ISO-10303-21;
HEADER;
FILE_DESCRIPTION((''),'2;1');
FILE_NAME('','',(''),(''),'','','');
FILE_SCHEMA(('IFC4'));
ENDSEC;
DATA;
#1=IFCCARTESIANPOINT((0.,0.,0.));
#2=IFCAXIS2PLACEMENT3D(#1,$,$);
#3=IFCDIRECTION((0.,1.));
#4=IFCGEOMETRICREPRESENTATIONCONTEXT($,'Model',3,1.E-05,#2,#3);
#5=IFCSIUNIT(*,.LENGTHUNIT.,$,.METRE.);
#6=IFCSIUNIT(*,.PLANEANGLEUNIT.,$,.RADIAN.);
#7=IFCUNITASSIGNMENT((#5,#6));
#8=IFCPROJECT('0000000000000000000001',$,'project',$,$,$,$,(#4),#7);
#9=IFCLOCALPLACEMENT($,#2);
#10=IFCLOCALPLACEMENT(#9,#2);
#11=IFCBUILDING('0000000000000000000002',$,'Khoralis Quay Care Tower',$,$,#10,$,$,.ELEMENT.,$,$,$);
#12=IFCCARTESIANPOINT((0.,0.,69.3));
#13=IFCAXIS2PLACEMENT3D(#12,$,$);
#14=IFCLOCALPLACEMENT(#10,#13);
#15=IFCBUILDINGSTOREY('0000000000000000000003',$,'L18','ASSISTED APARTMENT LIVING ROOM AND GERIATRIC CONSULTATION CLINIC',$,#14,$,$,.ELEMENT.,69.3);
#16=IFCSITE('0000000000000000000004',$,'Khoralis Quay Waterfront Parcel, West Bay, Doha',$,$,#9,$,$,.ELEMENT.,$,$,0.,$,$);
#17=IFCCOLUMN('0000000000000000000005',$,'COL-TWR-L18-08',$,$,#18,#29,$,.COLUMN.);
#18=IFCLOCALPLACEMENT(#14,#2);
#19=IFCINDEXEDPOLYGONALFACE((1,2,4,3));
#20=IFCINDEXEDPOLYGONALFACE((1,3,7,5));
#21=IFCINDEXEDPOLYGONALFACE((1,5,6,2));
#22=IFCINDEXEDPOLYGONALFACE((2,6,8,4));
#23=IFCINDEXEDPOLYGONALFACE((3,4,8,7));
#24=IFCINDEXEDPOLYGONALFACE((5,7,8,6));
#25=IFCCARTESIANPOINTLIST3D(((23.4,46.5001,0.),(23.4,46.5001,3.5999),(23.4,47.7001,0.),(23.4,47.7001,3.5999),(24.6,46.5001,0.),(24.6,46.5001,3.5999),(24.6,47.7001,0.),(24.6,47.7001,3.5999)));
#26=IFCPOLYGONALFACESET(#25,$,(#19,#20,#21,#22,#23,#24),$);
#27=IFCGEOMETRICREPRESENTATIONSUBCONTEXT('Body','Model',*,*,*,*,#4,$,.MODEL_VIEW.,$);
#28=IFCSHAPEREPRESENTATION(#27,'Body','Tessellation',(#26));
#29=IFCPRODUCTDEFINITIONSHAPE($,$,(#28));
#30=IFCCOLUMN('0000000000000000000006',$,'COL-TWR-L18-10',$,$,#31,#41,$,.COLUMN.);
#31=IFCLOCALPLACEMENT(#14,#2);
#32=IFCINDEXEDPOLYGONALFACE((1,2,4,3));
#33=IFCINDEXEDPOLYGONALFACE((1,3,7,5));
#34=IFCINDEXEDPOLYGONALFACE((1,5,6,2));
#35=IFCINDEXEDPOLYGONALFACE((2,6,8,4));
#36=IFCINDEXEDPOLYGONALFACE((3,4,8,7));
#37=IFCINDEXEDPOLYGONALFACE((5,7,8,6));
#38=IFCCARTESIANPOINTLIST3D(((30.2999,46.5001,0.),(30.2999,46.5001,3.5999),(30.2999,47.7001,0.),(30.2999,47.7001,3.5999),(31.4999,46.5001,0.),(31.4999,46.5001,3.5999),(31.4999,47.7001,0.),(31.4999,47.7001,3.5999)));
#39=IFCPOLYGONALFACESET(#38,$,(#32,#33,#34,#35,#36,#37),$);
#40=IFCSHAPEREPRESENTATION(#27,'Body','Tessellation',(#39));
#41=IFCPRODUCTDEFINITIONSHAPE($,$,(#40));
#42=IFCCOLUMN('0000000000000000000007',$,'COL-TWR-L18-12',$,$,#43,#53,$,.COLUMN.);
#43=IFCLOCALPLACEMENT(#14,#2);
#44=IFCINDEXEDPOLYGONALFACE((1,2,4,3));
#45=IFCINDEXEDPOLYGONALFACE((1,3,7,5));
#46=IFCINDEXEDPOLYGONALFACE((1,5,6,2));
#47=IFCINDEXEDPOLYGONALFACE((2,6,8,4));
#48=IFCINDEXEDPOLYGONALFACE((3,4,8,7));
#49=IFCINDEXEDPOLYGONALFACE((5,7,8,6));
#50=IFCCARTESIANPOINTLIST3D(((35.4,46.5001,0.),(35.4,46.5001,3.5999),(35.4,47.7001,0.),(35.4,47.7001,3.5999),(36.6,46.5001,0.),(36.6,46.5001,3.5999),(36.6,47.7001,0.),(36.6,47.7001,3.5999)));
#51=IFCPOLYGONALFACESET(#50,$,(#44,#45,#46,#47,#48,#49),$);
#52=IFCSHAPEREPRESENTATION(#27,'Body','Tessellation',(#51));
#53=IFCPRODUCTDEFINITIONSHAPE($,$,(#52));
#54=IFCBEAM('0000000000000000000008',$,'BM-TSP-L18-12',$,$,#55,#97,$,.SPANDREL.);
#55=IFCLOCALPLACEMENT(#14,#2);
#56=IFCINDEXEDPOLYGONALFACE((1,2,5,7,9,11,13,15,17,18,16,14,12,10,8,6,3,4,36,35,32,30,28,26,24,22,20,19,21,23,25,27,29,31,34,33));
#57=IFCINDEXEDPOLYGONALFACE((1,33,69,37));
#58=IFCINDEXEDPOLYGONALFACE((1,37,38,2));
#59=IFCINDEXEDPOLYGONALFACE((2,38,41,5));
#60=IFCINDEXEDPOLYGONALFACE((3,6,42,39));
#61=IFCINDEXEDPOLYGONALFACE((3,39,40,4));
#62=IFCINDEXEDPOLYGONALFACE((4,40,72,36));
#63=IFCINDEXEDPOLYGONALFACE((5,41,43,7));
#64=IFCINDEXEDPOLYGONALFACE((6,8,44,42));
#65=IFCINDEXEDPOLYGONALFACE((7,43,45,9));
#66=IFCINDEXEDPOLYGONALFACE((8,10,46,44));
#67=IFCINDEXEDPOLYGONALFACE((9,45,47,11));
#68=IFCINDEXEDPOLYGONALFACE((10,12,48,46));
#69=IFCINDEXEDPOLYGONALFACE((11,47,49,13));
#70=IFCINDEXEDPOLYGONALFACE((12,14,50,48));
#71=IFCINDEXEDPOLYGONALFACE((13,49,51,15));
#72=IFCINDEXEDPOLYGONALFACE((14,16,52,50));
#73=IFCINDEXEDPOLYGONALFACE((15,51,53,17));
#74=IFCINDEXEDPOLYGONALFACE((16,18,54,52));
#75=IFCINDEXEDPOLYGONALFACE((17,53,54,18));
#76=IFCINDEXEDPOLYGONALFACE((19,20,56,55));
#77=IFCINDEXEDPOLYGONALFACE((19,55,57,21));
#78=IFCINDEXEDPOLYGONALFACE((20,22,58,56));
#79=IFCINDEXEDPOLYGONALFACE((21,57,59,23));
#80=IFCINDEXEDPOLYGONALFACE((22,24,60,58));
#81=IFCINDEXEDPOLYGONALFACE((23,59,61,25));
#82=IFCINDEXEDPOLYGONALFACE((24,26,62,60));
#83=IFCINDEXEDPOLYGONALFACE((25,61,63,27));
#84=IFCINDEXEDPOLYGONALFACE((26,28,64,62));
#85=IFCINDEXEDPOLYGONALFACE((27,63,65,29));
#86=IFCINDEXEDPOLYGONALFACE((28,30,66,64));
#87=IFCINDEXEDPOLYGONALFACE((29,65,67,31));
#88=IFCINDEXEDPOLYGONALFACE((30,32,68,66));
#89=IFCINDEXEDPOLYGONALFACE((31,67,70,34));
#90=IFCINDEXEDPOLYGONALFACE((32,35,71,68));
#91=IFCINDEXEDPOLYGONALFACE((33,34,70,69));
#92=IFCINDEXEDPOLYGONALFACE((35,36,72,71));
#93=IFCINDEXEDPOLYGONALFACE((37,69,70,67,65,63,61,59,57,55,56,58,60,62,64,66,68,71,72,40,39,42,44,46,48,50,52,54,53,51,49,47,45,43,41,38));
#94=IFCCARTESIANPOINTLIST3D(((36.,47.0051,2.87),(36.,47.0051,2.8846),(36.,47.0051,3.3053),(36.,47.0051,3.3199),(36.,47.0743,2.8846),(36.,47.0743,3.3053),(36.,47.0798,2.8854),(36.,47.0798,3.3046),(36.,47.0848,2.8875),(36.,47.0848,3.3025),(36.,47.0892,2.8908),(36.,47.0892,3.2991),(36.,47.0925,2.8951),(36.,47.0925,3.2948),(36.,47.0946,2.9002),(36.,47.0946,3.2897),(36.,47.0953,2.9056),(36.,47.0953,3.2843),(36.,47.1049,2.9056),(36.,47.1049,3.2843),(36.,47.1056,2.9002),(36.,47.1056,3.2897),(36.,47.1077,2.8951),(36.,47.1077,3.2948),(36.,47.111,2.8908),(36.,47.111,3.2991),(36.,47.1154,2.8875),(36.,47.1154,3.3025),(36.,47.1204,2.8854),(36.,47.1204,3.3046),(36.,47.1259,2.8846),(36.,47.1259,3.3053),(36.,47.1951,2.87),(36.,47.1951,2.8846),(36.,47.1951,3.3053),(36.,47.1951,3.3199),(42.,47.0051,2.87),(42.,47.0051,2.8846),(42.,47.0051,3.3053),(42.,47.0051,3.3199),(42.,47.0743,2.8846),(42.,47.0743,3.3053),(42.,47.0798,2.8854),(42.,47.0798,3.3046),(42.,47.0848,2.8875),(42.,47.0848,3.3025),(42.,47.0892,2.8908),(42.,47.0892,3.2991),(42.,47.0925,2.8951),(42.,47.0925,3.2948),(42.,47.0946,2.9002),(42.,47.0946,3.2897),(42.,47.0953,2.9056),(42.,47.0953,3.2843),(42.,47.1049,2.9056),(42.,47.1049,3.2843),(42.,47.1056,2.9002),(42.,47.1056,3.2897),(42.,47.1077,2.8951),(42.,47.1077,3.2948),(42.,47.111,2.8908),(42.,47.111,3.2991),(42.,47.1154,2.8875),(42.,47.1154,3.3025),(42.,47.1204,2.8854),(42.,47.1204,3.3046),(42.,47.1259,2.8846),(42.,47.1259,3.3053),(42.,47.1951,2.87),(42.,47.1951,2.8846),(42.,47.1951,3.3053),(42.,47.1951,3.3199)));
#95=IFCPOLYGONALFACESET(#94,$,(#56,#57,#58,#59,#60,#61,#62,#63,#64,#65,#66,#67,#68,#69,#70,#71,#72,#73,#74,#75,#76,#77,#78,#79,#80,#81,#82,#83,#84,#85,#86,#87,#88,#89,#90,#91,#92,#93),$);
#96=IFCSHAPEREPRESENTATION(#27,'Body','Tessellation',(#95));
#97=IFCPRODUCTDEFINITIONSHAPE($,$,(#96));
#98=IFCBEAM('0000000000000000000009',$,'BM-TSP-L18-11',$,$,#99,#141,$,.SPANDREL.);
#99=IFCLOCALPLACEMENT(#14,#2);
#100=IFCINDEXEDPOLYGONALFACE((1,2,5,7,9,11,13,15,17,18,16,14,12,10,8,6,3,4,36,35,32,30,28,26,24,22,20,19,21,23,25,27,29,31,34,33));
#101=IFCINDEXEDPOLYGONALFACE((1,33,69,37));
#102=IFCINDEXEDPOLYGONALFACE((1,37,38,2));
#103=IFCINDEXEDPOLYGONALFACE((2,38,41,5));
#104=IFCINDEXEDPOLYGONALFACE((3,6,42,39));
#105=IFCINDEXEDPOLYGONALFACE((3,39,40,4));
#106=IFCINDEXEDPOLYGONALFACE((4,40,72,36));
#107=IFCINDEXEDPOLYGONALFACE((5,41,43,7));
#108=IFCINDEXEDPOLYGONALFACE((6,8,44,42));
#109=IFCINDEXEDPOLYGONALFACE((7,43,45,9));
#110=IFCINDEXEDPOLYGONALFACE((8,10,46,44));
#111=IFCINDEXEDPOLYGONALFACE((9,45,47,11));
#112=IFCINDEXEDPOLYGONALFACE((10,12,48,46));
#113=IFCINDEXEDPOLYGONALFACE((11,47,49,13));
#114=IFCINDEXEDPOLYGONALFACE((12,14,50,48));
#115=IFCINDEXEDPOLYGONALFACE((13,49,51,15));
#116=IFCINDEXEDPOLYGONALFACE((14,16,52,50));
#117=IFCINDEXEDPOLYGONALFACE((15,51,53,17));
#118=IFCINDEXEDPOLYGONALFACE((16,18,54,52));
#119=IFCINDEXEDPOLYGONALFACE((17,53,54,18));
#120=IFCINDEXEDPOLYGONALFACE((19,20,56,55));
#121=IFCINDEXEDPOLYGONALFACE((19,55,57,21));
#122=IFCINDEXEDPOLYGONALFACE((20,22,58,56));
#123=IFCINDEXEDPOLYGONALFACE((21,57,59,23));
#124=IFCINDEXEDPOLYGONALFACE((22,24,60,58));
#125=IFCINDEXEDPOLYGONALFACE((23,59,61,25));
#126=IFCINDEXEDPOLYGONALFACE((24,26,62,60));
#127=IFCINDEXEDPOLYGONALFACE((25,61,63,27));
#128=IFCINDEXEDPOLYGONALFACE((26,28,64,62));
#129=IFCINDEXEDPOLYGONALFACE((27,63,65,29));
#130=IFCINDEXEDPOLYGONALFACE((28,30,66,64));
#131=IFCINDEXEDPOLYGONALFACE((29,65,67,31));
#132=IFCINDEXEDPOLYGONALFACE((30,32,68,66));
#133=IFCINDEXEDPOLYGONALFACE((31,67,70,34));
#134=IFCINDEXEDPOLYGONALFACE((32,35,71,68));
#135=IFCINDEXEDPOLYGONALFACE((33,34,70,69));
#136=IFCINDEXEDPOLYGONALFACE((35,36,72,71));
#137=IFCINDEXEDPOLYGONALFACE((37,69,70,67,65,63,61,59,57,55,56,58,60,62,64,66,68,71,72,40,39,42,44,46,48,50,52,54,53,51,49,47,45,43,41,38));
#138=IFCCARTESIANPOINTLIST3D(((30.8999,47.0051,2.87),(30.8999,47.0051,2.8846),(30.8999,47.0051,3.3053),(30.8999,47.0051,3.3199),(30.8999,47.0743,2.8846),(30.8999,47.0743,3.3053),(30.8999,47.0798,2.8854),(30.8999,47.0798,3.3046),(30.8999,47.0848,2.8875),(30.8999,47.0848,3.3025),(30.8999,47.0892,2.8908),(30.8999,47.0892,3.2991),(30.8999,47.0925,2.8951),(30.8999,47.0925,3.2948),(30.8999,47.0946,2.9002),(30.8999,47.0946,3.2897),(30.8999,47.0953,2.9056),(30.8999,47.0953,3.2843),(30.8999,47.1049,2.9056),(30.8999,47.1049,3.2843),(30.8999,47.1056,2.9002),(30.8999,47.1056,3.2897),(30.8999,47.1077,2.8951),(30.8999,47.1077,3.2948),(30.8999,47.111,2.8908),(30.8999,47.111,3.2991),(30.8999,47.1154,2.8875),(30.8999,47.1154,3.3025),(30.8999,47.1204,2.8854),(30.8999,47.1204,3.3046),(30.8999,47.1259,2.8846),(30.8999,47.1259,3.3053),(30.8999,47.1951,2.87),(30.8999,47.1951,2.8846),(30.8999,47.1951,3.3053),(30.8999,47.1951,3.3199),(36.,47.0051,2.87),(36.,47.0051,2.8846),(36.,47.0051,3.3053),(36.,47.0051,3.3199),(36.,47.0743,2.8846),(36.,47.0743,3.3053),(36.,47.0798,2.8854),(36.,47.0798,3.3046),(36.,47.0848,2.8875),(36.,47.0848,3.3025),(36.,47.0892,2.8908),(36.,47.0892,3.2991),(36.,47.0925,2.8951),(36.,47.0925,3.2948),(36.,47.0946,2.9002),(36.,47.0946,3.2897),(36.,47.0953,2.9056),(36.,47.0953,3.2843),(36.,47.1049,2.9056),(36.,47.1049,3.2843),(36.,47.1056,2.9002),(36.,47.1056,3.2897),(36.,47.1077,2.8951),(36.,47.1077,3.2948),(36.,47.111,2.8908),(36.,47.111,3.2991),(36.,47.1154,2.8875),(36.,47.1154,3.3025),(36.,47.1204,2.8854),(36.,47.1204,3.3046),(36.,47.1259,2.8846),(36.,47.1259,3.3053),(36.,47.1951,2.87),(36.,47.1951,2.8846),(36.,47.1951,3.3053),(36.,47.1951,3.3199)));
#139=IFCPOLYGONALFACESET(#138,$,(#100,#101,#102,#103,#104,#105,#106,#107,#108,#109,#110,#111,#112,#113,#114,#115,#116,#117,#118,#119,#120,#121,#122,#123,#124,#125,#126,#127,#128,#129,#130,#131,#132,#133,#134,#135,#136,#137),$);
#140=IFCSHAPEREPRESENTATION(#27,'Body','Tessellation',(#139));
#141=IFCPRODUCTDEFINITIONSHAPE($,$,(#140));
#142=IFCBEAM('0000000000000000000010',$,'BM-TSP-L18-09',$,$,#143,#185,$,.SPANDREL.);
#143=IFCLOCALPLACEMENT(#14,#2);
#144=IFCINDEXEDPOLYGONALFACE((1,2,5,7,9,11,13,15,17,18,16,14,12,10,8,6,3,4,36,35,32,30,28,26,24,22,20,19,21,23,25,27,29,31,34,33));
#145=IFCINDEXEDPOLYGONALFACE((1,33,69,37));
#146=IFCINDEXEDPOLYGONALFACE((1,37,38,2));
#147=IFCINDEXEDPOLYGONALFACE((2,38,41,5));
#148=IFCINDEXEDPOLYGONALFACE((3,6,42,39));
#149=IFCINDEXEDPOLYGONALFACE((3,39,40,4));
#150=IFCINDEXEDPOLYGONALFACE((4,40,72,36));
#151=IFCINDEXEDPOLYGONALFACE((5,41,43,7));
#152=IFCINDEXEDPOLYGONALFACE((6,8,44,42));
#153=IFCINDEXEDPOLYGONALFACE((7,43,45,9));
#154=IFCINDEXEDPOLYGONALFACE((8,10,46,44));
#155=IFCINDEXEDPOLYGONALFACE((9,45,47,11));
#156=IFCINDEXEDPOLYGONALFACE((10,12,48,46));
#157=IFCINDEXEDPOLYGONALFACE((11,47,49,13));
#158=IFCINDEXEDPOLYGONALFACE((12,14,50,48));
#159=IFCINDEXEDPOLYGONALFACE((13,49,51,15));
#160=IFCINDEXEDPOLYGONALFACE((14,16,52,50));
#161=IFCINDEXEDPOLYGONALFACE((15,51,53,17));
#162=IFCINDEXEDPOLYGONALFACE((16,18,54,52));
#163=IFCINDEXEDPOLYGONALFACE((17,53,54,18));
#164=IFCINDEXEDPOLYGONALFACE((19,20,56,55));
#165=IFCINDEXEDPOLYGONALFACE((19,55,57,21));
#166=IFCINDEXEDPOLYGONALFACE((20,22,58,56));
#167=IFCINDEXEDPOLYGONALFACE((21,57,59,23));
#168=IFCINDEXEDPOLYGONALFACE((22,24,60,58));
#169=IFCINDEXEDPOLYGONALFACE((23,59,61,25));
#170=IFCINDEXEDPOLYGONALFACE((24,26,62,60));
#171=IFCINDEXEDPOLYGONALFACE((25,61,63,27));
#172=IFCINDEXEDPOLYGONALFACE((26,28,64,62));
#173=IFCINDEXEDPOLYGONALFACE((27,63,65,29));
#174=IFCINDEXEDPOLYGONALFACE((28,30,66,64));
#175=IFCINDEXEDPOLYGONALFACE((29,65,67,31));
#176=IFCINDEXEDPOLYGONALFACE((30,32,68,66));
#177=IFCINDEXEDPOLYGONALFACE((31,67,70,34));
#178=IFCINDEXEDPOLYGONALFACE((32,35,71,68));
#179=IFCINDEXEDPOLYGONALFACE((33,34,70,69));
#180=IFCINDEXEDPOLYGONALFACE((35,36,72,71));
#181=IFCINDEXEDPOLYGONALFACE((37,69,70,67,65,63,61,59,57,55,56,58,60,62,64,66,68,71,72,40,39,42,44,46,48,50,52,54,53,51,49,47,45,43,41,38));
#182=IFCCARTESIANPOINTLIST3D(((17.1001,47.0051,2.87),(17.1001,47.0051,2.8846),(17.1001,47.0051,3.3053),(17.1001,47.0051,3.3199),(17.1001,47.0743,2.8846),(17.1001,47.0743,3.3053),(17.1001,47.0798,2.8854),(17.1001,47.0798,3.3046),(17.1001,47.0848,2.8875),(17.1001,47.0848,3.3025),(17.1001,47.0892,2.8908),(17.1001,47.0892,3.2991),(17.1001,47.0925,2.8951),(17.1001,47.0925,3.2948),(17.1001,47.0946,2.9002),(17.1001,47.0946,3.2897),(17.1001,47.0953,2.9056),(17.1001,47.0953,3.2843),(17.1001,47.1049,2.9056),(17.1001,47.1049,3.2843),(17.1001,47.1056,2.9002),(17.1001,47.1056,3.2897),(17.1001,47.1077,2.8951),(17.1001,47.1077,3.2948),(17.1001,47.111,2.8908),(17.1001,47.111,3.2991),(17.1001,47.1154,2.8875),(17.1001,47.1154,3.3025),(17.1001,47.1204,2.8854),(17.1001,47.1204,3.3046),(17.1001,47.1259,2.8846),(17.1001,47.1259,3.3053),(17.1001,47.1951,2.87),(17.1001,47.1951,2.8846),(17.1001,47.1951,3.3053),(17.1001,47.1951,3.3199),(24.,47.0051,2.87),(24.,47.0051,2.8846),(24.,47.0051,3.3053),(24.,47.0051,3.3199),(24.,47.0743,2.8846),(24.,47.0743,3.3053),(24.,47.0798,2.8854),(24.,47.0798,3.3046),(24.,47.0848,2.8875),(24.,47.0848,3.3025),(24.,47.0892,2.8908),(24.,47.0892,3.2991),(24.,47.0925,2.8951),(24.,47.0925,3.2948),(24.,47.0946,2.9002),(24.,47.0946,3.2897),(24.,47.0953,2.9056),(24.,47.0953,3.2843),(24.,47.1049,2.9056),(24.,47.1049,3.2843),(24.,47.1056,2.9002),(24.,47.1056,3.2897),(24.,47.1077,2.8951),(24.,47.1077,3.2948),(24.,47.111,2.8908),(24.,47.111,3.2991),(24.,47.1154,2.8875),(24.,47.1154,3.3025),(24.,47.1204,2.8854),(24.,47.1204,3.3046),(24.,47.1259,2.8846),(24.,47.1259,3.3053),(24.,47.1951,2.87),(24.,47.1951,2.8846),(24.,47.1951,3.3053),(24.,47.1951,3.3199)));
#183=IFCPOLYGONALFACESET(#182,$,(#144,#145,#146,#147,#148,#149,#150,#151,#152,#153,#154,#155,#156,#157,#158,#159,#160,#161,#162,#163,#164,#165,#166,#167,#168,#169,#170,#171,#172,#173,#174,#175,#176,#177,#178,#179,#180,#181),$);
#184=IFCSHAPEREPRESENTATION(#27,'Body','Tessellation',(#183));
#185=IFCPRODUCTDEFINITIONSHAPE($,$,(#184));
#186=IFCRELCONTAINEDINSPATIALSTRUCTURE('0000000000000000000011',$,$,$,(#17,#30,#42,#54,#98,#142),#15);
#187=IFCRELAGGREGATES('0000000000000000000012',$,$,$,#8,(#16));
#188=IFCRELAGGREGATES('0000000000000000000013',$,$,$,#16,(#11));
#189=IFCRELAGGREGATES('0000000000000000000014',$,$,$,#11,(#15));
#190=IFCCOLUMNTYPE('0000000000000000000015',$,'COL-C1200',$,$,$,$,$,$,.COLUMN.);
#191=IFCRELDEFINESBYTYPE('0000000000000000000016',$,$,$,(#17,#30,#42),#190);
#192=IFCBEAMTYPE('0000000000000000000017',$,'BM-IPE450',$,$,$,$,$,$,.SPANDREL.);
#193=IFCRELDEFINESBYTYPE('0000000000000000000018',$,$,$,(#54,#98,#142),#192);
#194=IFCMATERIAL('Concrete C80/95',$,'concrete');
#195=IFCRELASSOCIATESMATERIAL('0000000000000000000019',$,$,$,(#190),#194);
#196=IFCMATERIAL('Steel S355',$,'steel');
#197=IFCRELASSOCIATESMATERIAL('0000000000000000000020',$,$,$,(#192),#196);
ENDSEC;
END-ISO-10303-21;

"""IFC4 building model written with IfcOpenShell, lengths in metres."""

from ifc_helpers import new_model, si_unit, direction, frame, origin, origin_2d, place, context, subcontext, project, spatial, rectangle, i_section, extrude, source, transform, mapped, material, material_profile, profile_set, type_object, element, save


model = new_model("IFC4")

# Units and contexts
model_context = context("Model", 3, precision=1e-05, world=origin(), true_north=direction((0.0, 1.0)))
body_context = subcontext(model_context, "Body", "Model", "MODEL_VIEW")
ifc_project = project(units=[si_unit("LENGTHUNIT", "METRE"), si_unit("PLANEANGLEUNIT", "RADIAN")], contexts=[model_context])

# Site, building, storey
site_placement = place(None, origin())
site = spatial("IfcSite", under=ifc_project, at=site_placement, Name="Khoralis Quay Waterfront Parcel, West Bay, Doha", CompositionType="ELEMENT", RefElevation=0.0)
building_placement = place(site_placement, origin())
building = spatial("IfcBuilding", under=site, at=building_placement, Name="Khoralis Quay Care Tower", CompositionType="ELEMENT")
storey_placement = place(building_placement, frame((0.0, 0.0, 69.3)))
storey = spatial("IfcBuildingStorey", under=building, at=storey_placement, Name="L18", Description="ASSISTED APARTMENT LIVING ROOM AND GERIATRIC CONSULTATION CLINIC", CompositionType="ELEMENT", Elevation=69.3)

# Columns
ifc_material_1 = material(Name="Concrete C80/95", Category="concrete")
ifc_material_profile_1 = material_profile(ifc_material_1, rectangle(XDim=1.2, YDim=1.2, at=origin_2d()), Name="Concrete C80/95")
ifc_profile_set_1 = profile_set([ifc_material_profile_1], Name="Concrete C80/95")
column_type = type_object("IfcColumnType", Name="COL-C1200", PredefinedType="COLUMN", material=ifc_profile_set_1)
shared_shape_1 = source(origin(), body_context, "Body", "SweptSolid", [
    extrude(rectangle(XDim=1.2, YDim=1.2, at=origin_2d()), origin(), (0.0, 0.0, 1.0), 3.5999),
])
for number, where, z_axis, x_axis, name in (
    (1, (24.0, 47.1001, 0.0), (0.0, 0.0, 1.0), (1.0, 0.0, 0.0), "COL-TWR-L18-08"),
    (2, (30.8999, 47.1001, 0.0), (0.0, 0.0, 1.0), (1.0, 0.0, 0.0), "COL-TWR-L18-10"),
    (3, (36.0, 47.1001, 0.0), (0.0, 0.0, 1.0), (1.0, 0.0, 0.0), "COL-TWR-L18-12"),
):
    element("IfcColumn", number, at=place(storey_placement, frame(where, z_axis=z_axis, x_axis=x_axis)), inside=storey, type_object=column_type, Name=name, PredefinedType="COLUMN", context=body_context, shape_type="MappedRepresentation", body=[
        mapped(shared_shape_1, transform((0.0, 0.0, 0.0), scale=1.0)),
    ])

# Beams
ifc_material_2 = material(Name="Steel S355", Category="steel")
ifc_material_profile_2 = material_profile(ifc_material_2, i_section(OverallWidth=0.1899, OverallDepth=0.45, WebThickness=0.0095, FlangeThickness=0.0146, FilletRadius=0.021, at=origin_2d()), Name="Steel S355")
ifc_profile_set_2 = profile_set([ifc_material_profile_2], Name="Steel S355")
beam_type_1 = type_object("IfcBeamType", Name="BM-IPE450", PredefinedType="SPANDREL", material=ifc_profile_set_2)
shared_shape_2 = source(origin(), body_context, "Body", "SweptSolid", [
    extrude(i_section(OverallWidth=0.1899, OverallDepth=0.45, WebThickness=0.0095, FlangeThickness=0.0146, FilletRadius=0.021, at=origin_2d()), origin(), (0.0, 0.0, 1.0), 6.0),
])
beam_1_placement = place(storey_placement, frame((36.0, 47.1001, 3.095), z_axis=(1.0, 0.0, 0.0), x_axis=(0.0, 1.0, 0.0)))
element("IfcBeam", 4, at=beam_1_placement, inside=storey, type_object=beam_type_1, Name="BM-TSP-L18-12", PredefinedType="SPANDREL", context=body_context, shape_type="MappedRepresentation", body=[
    mapped(shared_shape_2, transform((0.0, 0.0, 0.0), scale=1.0)),
])
shared_shape_3 = source(origin(), body_context, "Body", "SweptSolid", [
    extrude(i_section(OverallWidth=0.1899, OverallDepth=0.45, WebThickness=0.0095, FlangeThickness=0.0146, FilletRadius=0.021, at=origin_2d()), origin(), (0.0, 0.0, 1.0), 5.1001),
])
beam_2_placement = place(storey_placement, frame((30.8999, 47.1001, 3.095), z_axis=(1.0, 0.0, 0.0), x_axis=(0.0, 1.0, 0.0)))
element("IfcBeam", 5, at=beam_2_placement, inside=storey, type_object=beam_type_1, Name="BM-TSP-L18-11", PredefinedType="SPANDREL", context=body_context, shape_type="MappedRepresentation", body=[
    mapped(shared_shape_3, transform((0.0, 0.0, 0.0), scale=1.0)),
])
shared_shape_4 = source(origin(), body_context, "Body", "SweptSolid", [
    extrude(i_section(OverallWidth=0.1899, OverallDepth=0.45, WebThickness=0.0095, FlangeThickness=0.0146, FilletRadius=0.021, at=origin_2d()), origin(), (0.0, 0.0, 1.0), 6.8999),
])
for number, where, z_axis, x_axis, name in (
    (6, (17.1001, 47.1001, 3.095), (1.0, 0.0, 0.0), (0.0, 1.0, 0.0), "BM-TSP-L18-09"),
):
    element("IfcBeam", number, at=place(storey_placement, frame(where, z_axis=z_axis, x_axis=x_axis)), inside=storey, type_object=beam_type_1, Name=name, PredefinedType="SPANDREL", context=body_context, shape_type="MappedRepresentation", body=[
        mapped(shared_shape_4, transform((0.0, 0.0, 0.0), scale=1.0)),
    ])

save(model, "model.ifc")
